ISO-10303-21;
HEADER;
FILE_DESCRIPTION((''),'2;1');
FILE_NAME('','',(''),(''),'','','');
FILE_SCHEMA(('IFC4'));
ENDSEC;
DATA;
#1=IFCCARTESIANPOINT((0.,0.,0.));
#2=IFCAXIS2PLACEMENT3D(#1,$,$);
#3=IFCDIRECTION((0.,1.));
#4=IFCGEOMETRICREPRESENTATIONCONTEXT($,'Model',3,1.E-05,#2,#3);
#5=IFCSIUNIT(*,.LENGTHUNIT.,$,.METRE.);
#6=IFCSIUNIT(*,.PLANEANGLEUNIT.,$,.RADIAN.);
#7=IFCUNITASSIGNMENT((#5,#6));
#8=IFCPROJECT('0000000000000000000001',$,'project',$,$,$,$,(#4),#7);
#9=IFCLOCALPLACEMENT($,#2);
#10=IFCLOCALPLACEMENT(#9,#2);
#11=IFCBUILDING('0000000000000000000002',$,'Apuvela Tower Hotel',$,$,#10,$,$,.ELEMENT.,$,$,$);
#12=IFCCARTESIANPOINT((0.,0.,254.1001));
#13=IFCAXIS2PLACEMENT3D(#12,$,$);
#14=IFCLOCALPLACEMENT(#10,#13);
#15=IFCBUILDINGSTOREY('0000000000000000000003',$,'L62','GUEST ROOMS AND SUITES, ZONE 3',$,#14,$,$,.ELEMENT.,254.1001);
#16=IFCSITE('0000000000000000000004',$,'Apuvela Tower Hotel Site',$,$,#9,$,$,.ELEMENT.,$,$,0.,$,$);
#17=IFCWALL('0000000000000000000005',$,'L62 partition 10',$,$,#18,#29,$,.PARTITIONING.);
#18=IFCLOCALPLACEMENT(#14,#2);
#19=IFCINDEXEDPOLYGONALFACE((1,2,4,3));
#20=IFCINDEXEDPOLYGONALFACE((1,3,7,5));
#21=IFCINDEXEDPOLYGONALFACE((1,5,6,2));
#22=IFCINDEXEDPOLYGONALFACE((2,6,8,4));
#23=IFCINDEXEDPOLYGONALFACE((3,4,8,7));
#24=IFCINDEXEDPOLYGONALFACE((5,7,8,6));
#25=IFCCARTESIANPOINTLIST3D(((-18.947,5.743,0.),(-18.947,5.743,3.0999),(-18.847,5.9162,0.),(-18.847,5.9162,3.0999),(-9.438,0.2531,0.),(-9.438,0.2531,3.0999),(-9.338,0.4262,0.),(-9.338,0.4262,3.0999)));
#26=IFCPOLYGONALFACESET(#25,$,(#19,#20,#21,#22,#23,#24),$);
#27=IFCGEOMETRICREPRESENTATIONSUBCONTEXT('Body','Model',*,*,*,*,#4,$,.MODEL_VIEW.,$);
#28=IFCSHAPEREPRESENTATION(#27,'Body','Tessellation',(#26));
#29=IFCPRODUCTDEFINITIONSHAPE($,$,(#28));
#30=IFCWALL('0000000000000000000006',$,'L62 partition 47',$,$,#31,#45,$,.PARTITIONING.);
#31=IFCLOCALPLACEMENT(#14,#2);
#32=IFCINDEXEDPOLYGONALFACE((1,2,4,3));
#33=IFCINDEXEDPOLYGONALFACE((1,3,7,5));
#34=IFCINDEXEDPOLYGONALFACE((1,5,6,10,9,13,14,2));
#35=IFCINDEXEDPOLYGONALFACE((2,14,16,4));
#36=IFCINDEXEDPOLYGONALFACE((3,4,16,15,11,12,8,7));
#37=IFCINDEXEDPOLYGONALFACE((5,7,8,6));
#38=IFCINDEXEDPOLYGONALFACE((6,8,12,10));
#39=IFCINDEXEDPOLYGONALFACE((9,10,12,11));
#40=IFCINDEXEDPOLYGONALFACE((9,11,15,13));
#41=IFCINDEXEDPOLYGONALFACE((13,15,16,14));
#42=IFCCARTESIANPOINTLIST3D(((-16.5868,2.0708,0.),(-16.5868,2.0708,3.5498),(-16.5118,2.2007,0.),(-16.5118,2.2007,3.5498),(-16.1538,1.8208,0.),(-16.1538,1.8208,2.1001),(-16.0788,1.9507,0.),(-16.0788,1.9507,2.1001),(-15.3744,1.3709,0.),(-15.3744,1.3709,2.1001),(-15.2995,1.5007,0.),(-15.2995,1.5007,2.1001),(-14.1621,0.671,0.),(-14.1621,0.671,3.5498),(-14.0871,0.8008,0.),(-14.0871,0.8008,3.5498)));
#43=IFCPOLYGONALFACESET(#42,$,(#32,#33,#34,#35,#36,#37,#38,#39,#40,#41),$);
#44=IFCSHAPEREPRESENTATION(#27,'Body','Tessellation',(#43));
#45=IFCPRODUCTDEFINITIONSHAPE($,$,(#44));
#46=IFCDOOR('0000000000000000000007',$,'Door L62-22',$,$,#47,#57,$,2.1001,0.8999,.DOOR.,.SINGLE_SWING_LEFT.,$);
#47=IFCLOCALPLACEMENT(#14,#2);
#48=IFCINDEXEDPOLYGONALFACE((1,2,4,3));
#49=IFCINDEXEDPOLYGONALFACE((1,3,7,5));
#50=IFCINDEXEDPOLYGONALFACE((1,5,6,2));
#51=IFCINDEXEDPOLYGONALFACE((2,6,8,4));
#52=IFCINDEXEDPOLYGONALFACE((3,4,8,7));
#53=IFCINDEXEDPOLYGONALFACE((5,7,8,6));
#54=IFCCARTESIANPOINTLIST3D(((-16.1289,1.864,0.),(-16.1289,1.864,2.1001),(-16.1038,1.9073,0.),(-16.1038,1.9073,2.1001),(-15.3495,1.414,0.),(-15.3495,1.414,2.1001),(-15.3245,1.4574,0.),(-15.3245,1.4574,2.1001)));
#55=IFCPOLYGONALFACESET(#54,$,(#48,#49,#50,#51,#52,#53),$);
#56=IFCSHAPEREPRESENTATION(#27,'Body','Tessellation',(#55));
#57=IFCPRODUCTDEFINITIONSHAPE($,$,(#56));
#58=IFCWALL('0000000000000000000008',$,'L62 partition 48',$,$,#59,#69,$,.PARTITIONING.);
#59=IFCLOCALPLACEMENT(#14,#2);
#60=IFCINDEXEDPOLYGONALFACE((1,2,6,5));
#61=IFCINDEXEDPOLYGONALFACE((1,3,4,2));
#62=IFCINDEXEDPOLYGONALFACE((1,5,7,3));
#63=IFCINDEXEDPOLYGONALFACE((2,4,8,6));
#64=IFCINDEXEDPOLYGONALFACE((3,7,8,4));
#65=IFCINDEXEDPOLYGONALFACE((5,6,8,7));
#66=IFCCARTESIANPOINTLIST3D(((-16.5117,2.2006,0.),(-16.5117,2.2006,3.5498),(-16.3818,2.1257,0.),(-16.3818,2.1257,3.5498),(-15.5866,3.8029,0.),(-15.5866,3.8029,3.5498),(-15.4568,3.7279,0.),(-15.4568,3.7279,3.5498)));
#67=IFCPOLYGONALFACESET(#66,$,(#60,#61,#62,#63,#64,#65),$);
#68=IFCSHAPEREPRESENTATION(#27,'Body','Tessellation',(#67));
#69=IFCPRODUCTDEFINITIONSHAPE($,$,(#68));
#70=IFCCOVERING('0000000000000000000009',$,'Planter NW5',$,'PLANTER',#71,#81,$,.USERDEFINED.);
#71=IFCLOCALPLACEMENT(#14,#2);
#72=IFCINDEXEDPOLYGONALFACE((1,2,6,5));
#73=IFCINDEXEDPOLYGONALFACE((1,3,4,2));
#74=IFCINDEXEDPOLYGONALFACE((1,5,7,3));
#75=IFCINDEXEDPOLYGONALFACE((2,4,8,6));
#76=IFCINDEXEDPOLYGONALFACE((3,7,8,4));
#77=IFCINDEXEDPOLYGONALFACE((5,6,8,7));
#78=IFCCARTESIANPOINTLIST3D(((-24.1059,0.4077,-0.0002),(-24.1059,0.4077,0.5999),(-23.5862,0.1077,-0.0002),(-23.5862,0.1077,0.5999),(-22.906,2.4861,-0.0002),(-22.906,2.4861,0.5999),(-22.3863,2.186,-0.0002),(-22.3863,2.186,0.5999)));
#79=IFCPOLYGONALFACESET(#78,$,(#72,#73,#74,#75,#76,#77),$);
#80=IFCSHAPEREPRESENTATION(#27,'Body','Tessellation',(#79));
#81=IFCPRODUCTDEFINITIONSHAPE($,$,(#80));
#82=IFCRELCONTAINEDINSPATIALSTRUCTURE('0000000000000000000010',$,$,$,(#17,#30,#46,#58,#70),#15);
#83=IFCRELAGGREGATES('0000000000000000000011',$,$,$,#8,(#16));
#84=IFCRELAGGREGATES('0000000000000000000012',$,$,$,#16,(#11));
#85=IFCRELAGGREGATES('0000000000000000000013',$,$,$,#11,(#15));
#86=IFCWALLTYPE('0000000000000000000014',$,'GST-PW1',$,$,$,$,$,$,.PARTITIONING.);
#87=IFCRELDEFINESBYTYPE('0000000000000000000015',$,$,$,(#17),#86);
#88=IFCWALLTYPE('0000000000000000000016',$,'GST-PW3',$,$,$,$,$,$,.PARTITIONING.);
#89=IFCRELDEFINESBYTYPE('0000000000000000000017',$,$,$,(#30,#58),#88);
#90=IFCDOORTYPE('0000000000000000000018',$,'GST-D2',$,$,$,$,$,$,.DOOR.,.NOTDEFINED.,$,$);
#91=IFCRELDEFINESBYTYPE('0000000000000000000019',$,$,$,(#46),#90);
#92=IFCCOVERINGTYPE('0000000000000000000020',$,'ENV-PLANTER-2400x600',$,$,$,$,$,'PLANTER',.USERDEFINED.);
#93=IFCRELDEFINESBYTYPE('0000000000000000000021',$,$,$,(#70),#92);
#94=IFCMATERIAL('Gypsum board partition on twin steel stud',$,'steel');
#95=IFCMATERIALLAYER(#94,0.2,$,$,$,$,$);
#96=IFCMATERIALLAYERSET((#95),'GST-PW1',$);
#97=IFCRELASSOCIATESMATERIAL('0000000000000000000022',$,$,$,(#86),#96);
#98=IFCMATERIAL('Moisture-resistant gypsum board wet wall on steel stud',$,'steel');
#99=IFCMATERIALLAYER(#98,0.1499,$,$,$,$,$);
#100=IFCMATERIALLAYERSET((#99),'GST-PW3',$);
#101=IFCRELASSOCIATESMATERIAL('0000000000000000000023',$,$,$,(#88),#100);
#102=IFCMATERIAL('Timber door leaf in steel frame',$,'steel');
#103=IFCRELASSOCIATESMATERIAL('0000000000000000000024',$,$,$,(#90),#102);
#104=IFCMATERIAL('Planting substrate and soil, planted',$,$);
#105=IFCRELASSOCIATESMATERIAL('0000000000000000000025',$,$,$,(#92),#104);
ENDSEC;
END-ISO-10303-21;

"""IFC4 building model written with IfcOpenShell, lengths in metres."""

from ifc_helpers import new_model, si_unit, direction, frame, frame_2d, origin, origin_2d, place, context, subcontext, project, spatial, rectangle, extrude, material, layer, layer_set, type_object, element, fill, save


model = new_model("IFC4")

# Units and contexts
model_context = context("Model", 3, precision=1e-05, world=origin(), true_north=direction((0.0, 1.0)))
body_context = subcontext(model_context, "Body", "Model", "MODEL_VIEW")
ifc_project = project(units=[si_unit("LENGTHUNIT", "METRE"), si_unit("PLANEANGLEUNIT", "RADIAN")], contexts=[model_context])

# Site, building, storey
site_placement = place(None, origin())
site = spatial("IfcSite", under=ifc_project, at=site_placement, Name="Apuvela Tower Hotel Site", CompositionType="ELEMENT", RefElevation=0.0)
building_placement = place(site_placement, origin())
building = spatial("IfcBuilding", under=site, at=building_placement, Name="Apuvela Tower Hotel", CompositionType="ELEMENT")
storey_placement = place(building_placement, frame((0.0, 0.0, 254.1001)))
storey = spatial("IfcBuildingStorey", under=building, at=storey_placement, Name="L62", Description="GUEST ROOMS AND SUITES, ZONE 3", CompositionType="ELEMENT", Elevation=254.1001)

# Wall
ifc_material_1 = material(Name="Gypsum board partition on twin steel stud", Category="steel")
ifc_layer_1 = layer(ifc_material_1, 0.2)
ifc_layer_set_1 = layer_set([ifc_layer_1], Name="GST-PW1")
wall_type_1 = type_object("IfcWallType", Name="GST-PW1", PredefinedType="PARTITIONING", material=ifc_layer_set_1)
wall_1_placement = place(storey_placement, frame((-18.897, 5.8296, 0.0), z_axis=(0.0, 0.0, 1.0), x_axis=(0.866027, -0.499996, 0.0)))
element("IfcWall", 1, at=wall_1_placement, inside=storey, type_object=wall_type_1, Name="L62 partition 10", PredefinedType="PARTITIONING", context=body_context, shape_type="SweptSolid", body=[
    extrude(rectangle(XDim=10.98, YDim=0.2, at=frame_2d((5.49, 0.0))), origin(), (0.0, 0.0, 1.0), 3.0999),
])

# Wall, opening, door
ifc_material_2 = material(Name="Moisture-resistant gypsum board wet wall on steel stud", Category="steel")
ifc_layer_2 = layer(ifc_material_2, 0.1499)
ifc_layer_set_2 = layer_set([ifc_layer_2], Name="GST-PW3")
wall_type_2 = type_object("IfcWallType", Name="GST-PW3", PredefinedType="PARTITIONING", material=ifc_layer_set_2)
wall_2_placement = place(storey_placement, frame((-16.5493, 2.1357, 0.0), z_axis=(0.0, 0.0, 1.0), x_axis=(0.866035, -0.499984, 0.0)))
wall_2 = element("IfcWall", 2, at=wall_2_placement, inside=storey, type_object=wall_type_2, Name="L62 partition 47", PredefinedType="PARTITIONING", context=body_context, shape_type="SweptSolid", body=[
    extrude(rectangle(XDim=2.7998, YDim=0.1499, at=frame_2d((1.3999, 0.0))), origin(), (0.0, 0.0, 1.0), 3.5498),
])
opening_1_placement = place(wall_2_placement, frame((0.5, 0.0, 0.0)))
opening_1 = element("IfcOpeningElement", 3, at=opening_1_placement, cuts=wall_2, PredefinedType="OPENING", context=body_context, shape_type="SweptSolid", body=[
    extrude(rectangle(XDim=0.8999, YDim=2.1001, at=frame_2d((0.45, 1.05))), frame((0.0, 0.085, 0.0), z_axis=(0.0, -1.0, 0.0), x_axis=(1.0, 0.0, 0.0)), (0.0, 0.0, 1.0), 0.1699),
])
ifc_material_3 = material(Name="Timber door leaf in steel frame", Category="steel")
door_type_1 = type_object("IfcDoorType", Name="GST-D2", OperationType="NOTDEFINED", PredefinedType="DOOR", material=ifc_material_3)
door_1_placement = place(opening_1_placement, origin())
door_1 = element("IfcDoor", 4, at=door_1_placement, inside=storey, type_object=door_type_1, Name="Door L62-22", OperationType="SINGLE_SWING_LEFT", OverallHeight=2.1001, OverallWidth=0.8999, PredefinedType="DOOR", context=body_context, shape_type="SweptSolid", body=[
    extrude(rectangle(XDim=0.8999, YDim=2.1001, at=frame_2d((0.45, 1.05))), frame((0.0, 0.0249, 0.0), z_axis=(0.0, -1.0, 0.0), x_axis=(1.0, 0.0, 0.0)), (0.0, 0.0, 1.0), 0.05),
])
fill(opening_1, door_1)

# Wall
wall_3_placement = place(storey_placement, frame((-15.5217, 3.7654, 0.0), z_axis=(0.0, 0.0, 1.0), x_axis=(-0.499985, -0.866034, 0.0)))
element("IfcWall", 5, at=wall_3_placement, inside=storey, type_object=wall_type_2, Name="L62 partition 48", PredefinedType="PARTITIONING", context=body_context, shape_type="SweptSolid", body=[
    extrude(rectangle(XDim=1.8501, YDim=0.1499, at=frame_2d((0.925, 0.0))), origin(), (0.0, 0.0, 1.0), 3.5498),
])

# Covering
ifc_material_4 = material(Name="Planting substrate and soil, planted")
covering_type = type_object("IfcCoveringType", Name="ENV-PLANTER-2400x600", ElementType="PLANTER", PredefinedType="USERDEFINED", material=ifc_material_4)
covering_placement = place(storey_placement, frame((-23.2461, 1.2969, -0.0002), z_axis=(0.0, 0.0, 1.0), x_axis=(-0.5, -0.866025, 0.0)))
element("IfcCovering", 6, at=covering_placement, inside=storey, type_object=covering_type, Name="Planter NW5", ObjectType="PLANTER", PredefinedType="USERDEFINED", context=body_context, shape_type="SweptSolid", body=[
    extrude(rectangle(XDim=2.3999, YDim=0.6001, at=origin_2d()), origin(), (0.0, 0.0, 1.0), 0.6001),
])

save(model, "model.ifc")
